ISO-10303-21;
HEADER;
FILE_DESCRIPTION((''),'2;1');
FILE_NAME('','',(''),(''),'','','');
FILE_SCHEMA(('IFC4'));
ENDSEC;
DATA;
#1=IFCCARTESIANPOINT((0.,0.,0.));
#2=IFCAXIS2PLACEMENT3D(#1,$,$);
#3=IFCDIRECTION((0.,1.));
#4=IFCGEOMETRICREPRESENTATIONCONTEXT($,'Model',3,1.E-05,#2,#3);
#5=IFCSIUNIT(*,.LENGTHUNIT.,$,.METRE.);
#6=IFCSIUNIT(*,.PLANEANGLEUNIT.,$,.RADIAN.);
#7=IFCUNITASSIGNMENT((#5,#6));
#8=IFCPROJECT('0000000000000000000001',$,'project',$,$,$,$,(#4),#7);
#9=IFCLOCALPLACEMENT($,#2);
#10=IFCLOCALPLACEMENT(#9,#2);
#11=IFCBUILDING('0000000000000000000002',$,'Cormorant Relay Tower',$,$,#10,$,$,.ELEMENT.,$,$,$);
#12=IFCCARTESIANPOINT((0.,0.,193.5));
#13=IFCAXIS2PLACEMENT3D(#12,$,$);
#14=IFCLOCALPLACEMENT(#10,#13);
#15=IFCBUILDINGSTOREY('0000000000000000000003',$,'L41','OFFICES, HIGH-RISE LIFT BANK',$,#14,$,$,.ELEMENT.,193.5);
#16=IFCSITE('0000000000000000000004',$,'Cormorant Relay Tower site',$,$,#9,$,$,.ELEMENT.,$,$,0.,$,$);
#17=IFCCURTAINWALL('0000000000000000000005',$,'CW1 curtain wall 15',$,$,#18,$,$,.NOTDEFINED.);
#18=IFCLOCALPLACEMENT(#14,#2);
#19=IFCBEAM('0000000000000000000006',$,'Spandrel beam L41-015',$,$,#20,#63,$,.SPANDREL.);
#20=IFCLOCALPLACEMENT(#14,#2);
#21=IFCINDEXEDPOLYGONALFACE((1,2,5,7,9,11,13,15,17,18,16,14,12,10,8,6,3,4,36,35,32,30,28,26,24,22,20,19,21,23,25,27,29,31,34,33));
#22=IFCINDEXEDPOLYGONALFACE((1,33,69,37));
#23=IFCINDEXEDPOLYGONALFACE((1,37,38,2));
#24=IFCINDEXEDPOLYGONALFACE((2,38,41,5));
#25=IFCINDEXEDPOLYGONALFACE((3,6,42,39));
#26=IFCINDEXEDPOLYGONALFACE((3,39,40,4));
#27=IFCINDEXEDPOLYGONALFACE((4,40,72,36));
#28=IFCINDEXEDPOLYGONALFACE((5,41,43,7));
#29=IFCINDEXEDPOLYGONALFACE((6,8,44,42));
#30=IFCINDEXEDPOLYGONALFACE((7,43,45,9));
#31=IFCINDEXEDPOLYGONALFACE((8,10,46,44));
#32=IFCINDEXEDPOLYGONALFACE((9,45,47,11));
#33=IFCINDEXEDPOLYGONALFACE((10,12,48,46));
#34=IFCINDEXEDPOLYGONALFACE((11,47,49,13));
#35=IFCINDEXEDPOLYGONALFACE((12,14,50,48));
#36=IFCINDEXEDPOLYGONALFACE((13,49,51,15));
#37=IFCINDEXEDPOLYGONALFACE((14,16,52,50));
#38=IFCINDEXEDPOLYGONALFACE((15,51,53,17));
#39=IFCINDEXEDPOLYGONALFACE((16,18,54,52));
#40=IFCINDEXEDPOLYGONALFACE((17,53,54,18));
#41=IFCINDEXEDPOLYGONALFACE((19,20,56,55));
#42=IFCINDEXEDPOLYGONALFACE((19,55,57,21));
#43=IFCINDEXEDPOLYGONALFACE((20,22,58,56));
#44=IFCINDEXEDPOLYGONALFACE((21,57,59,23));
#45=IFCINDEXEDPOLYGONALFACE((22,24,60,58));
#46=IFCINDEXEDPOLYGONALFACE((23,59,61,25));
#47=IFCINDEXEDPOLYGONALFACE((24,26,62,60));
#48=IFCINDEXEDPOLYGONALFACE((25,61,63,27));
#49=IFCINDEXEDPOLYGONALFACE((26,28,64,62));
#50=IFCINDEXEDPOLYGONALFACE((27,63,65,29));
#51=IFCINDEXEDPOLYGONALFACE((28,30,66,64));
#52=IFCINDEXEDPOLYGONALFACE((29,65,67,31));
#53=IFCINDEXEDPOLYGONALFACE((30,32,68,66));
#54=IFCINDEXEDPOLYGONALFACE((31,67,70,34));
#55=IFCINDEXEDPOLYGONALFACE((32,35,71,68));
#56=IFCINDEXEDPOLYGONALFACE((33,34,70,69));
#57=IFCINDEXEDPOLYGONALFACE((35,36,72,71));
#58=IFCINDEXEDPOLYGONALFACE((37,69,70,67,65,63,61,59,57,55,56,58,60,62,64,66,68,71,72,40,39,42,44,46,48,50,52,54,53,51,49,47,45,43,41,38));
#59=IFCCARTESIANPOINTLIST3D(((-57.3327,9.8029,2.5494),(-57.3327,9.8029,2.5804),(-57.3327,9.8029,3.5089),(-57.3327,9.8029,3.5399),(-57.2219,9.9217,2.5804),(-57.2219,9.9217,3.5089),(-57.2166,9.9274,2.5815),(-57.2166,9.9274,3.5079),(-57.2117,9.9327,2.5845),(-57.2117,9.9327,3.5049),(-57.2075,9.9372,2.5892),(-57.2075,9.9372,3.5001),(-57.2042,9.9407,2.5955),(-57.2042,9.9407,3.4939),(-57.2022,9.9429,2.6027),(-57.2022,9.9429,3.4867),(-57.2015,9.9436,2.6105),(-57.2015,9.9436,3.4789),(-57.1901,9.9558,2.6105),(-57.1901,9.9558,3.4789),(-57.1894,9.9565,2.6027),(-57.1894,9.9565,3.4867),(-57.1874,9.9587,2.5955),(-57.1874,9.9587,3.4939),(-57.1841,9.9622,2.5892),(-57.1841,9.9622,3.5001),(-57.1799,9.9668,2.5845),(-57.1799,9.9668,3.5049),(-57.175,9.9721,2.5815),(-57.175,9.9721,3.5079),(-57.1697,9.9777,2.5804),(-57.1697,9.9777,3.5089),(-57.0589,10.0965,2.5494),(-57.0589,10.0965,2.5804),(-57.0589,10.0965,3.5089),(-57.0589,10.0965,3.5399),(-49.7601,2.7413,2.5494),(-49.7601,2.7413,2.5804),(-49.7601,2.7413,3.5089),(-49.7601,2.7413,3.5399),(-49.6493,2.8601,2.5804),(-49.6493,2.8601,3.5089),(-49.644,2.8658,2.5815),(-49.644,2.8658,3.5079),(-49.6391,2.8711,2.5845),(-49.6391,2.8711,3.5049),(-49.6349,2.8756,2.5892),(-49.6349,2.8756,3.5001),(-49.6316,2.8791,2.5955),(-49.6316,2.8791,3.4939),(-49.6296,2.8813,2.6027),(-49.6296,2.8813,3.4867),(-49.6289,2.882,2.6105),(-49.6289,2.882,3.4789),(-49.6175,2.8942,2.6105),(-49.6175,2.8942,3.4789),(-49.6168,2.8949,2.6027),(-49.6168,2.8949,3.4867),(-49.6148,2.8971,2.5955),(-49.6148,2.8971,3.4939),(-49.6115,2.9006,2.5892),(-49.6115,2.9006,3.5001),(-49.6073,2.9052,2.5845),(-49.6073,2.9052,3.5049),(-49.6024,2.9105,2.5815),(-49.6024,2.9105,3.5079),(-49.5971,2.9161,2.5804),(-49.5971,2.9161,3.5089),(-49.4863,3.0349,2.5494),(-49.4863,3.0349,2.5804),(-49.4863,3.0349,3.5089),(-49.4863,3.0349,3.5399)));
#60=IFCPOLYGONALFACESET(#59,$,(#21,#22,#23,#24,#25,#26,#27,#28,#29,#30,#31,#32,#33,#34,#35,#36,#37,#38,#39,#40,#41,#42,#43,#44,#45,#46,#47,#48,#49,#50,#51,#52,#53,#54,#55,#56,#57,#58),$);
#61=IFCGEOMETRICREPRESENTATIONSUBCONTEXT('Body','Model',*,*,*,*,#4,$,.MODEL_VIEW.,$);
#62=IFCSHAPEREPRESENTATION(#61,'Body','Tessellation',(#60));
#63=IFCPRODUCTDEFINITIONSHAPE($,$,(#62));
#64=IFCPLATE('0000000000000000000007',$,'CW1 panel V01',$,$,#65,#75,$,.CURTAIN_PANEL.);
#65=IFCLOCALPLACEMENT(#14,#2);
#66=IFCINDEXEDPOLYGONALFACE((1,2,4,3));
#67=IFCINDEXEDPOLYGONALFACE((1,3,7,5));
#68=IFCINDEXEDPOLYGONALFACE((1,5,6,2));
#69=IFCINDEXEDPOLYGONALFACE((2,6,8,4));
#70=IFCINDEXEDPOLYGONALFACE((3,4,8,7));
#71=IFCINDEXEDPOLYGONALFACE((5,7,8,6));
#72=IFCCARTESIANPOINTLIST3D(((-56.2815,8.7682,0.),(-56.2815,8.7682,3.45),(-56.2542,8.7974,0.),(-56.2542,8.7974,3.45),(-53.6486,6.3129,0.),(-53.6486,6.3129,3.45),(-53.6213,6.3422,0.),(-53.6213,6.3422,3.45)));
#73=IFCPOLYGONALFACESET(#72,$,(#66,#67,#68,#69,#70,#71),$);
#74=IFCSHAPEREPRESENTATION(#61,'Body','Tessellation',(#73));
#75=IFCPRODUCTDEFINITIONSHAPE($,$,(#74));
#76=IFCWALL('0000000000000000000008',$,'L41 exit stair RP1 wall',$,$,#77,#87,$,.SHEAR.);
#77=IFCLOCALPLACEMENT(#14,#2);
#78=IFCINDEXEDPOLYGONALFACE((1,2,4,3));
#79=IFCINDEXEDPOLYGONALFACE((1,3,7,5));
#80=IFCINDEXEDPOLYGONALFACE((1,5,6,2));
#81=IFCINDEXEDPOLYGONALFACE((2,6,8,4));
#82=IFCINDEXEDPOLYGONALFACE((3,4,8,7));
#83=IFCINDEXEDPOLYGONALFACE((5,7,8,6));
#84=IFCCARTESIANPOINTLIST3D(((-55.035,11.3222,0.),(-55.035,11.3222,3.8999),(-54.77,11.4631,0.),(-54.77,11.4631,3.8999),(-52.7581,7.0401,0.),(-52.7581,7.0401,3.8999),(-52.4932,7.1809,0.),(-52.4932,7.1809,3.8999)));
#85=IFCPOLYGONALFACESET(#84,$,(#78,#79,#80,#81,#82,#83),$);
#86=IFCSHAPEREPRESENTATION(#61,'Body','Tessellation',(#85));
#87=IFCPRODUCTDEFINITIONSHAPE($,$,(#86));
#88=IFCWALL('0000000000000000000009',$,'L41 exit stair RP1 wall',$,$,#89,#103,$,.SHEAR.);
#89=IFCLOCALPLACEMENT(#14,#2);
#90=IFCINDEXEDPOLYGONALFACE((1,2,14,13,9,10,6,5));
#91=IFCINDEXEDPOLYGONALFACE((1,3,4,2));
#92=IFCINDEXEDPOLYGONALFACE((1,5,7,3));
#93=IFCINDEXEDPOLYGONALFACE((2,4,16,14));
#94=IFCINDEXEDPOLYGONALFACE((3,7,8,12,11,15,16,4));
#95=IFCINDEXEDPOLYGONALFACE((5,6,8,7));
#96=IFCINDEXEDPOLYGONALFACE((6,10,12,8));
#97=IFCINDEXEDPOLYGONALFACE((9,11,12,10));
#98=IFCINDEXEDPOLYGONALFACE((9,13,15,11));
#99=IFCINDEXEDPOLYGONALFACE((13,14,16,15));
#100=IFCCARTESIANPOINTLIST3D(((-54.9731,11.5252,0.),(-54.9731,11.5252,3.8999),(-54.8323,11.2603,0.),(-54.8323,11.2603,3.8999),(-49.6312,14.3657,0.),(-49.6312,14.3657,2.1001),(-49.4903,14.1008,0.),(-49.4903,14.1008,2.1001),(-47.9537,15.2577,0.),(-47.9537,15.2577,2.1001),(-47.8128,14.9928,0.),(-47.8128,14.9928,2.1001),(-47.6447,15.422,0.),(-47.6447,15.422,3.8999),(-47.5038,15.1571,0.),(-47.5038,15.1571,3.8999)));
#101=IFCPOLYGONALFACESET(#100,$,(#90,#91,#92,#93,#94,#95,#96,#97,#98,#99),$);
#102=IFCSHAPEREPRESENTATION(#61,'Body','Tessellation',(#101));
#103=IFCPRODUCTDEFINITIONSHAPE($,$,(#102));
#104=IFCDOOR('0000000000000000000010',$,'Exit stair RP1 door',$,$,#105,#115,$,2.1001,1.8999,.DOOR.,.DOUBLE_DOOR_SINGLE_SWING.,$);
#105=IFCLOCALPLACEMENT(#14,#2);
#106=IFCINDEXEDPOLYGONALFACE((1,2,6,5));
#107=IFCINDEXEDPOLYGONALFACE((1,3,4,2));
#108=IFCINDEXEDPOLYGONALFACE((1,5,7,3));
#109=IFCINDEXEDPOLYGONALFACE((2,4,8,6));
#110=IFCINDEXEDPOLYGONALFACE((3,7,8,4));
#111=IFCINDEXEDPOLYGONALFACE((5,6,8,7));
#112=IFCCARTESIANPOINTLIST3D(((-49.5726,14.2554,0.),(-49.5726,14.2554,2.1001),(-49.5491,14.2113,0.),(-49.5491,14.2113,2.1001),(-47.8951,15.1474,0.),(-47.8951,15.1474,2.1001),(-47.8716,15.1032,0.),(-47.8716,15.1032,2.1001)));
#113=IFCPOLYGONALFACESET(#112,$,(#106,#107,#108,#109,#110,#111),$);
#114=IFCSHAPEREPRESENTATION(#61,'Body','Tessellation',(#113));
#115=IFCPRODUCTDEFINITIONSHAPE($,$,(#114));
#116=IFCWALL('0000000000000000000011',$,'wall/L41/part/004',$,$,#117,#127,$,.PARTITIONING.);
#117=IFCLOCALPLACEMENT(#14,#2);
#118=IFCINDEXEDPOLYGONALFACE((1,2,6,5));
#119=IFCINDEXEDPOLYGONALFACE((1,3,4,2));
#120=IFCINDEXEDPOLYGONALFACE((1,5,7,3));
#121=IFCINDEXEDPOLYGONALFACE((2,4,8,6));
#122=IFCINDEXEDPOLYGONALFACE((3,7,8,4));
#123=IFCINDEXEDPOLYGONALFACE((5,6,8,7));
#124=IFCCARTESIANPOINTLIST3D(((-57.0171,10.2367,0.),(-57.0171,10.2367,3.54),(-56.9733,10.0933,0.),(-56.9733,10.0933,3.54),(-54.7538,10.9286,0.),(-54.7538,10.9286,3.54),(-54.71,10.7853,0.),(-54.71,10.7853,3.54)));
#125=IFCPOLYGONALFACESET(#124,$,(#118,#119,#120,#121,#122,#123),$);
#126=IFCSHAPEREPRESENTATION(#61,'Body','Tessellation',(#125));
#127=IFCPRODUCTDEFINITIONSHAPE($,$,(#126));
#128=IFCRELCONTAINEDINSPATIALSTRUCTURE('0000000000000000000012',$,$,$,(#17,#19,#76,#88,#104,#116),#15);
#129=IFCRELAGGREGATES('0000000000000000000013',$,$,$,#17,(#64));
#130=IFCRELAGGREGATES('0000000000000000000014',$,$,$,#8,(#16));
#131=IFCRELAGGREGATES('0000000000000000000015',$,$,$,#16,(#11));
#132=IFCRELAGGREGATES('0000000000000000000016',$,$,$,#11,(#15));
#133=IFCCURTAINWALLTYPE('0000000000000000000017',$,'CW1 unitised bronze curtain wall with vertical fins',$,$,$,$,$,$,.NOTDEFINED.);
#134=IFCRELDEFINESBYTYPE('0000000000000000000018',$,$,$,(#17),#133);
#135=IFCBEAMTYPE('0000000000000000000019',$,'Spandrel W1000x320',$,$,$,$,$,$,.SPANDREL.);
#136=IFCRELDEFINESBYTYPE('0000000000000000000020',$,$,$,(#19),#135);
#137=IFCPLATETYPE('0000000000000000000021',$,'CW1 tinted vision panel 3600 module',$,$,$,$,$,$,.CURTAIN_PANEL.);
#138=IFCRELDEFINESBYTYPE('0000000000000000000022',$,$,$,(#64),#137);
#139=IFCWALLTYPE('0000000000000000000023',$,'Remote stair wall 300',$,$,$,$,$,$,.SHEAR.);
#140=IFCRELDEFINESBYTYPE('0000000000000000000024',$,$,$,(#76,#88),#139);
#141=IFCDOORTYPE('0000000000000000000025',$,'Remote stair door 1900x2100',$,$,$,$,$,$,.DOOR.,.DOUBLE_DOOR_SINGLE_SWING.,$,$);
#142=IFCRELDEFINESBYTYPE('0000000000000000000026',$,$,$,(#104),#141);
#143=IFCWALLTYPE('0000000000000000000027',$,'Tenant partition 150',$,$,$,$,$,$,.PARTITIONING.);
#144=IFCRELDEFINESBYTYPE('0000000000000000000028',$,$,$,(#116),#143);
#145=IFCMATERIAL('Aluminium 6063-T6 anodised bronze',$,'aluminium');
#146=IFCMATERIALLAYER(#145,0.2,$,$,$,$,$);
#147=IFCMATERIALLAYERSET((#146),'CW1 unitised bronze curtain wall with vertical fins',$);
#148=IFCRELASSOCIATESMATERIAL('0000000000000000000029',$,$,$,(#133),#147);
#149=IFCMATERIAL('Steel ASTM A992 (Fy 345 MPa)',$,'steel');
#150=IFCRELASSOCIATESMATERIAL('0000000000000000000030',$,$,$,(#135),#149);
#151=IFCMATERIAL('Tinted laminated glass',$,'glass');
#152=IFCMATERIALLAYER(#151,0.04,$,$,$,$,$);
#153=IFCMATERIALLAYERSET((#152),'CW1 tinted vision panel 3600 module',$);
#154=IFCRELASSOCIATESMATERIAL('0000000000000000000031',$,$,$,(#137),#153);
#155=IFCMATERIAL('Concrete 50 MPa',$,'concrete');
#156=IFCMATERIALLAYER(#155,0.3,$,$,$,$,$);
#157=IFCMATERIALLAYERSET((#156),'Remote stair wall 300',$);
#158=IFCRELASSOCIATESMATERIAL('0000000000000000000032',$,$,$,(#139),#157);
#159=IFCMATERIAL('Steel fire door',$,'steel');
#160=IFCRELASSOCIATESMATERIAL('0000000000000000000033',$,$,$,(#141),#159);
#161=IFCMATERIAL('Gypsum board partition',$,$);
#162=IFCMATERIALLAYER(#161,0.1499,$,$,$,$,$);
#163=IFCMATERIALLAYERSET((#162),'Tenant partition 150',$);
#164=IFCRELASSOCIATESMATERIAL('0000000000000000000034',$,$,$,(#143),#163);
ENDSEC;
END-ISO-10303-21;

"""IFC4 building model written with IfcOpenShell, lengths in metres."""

from ifc_helpers import new_model, si_unit, direction, frame, frame_2d, origin, origin_2d, place, context, subcontext, project, spatial, rectangle, i_section, extrude, material, layer, layer_set, material_profile, profile_set, type_object, element, fill, aggregate, save


model = new_model("IFC4")

# Units and contexts
model_context = context("Model", 3, precision=1e-05, world=origin(), true_north=direction((0.0, 1.0)))
body_context = subcontext(model_context, "Body", "Model", "MODEL_VIEW")
ifc_project = project(units=[si_unit("LENGTHUNIT", "METRE"), si_unit("PLANEANGLEUNIT", "RADIAN")], contexts=[model_context])

# Site, building, storey
site_placement = place(None, origin())
site = spatial("IfcSite", under=ifc_project, at=site_placement, Name="Cormorant Relay Tower site", CompositionType="ELEMENT", RefElevation=0.0)
building_placement = place(site_placement, origin())
building = spatial("IfcBuilding", under=site, at=building_placement, Name="Cormorant Relay Tower", CompositionType="ELEMENT")
storey_placement = place(building_placement, frame((0.0, 0.0, 193.5)))
storey = spatial("IfcBuildingStorey", under=building, at=storey_placement, Name="L41", Description="OFFICES, HIGH-RISE LIFT BANK", CompositionType="ELEMENT", Elevation=193.5)

# Curtain wall
ifc_material_1 = material(Name="Aluminium 6063-T6 anodised bronze", Category="aluminium")
ifc_layer_1 = layer(ifc_material_1, 0.2)
ifc_layer_set_1 = layer_set([ifc_layer_1], Name="CW1 unitised bronze curtain wall with vertical fins")
curtain_wall_type = type_object("IfcCurtainWallType", Name="CW1 unitised bronze curtain wall with vertical fins", PredefinedType="NOTDEFINED", material=ifc_layer_set_1)
curtain_wall_1_placement = place(storey_placement, origin())
curtain_wall_1 = element("IfcCurtainWall", 1, at=curtain_wall_1_placement, inside=storey, type_object=curtain_wall_type, Name="CW1 curtain wall 15", PredefinedType="NOTDEFINED")

# Beam
ifc_material_2 = material(Name="Steel ASTM A992 (Fy 345 MPa)", Category="steel")
ifc_material_profile_1 = material_profile(ifc_material_2, i_section(OverallWidth=0.4014, OverallDepth=0.9905, WebThickness=0.0166, FlangeThickness=0.031, FilletRadius=0.03, at=origin_2d()), Name="W1000x320")
ifc_profile_set_1 = profile_set([ifc_material_profile_1], Name="Steel ASTM A992 (Fy 345 MPa)")
beam_type = type_object("IfcBeamType", Name="Spandrel W1000x320", PredefinedType="SPANDREL", material=ifc_profile_set_1)
beam_placement = place(storey_placement, frame((-57.1958, 9.9497, 3.0447), z_axis=(0.731352, -0.682001, 0.0), x_axis=(0.682001, 0.731352, 0.0)))
element("IfcBeam", 2, at=beam_placement, inside=storey, type_object=beam_type, Name="Spandrel beam L41-015", PredefinedType="SPANDREL", context=body_context, shape_type="SweptSolid", body=[
    extrude(i_section(OverallWidth=0.4014, OverallDepth=0.9905, WebThickness=0.0166, FlangeThickness=0.031, FilletRadius=0.03, at=origin_2d()), origin(), (0.0, 0.0, 1.0), 10.3542),
])

# Plate
ifc_material_3 = material(Name="Tinted laminated glass", Category="glass")
ifc_layer_2 = layer(ifc_material_3, 0.04)
ifc_layer_set_2 = layer_set([ifc_layer_2], Name="CW1 tinted vision panel 3600 module")
plate_type = type_object("IfcPlateType", Name="CW1 tinted vision panel 3600 module", PredefinedType="CURTAIN_PANEL", material=ifc_layer_set_2)
plate_placement = place(storey_placement, frame((-54.9514, 7.5552, 0.0), z_axis=(0.0, 0.0, 1.0), x_axis=(0.731354, -0.681998, 0.0)))
plate = element("IfcPlate", 3, at=plate_placement, type_object=plate_type, Name="CW1 panel V01", PredefinedType="CURTAIN_PANEL", context=body_context, shape_type="SweptSolid", body=[
    extrude(rectangle(XDim=3.6001, YDim=0.04, at=origin_2d()), origin(), (0.0, 0.0, 1.0), 3.45),
])

# Wall
ifc_material_4 = material(Name="Concrete 50 MPa", Category="concrete")
ifc_layer_3 = layer(ifc_material_4, 0.3)
ifc_layer_set_3 = layer_set([ifc_layer_3], Name="Remote stair wall 300")
wall_type_1 = type_object("IfcWallType", Name="Remote stair wall 300", PredefinedType="SHEAR", material=ifc_layer_set_3)
wall_1_placement = place(storey_placement, frame((-52.6257, 7.1106, 0.0), z_axis=(0.0, 0.0, 1.0), x_axis=(-0.469464, 0.882951, 0.0)))
element("IfcWall", 4, at=wall_1_placement, inside=storey, type_object=wall_type_1, Name="L41 exit stair RP1 wall", PredefinedType="SHEAR", context=body_context, shape_type="SweptSolid", body=[
    extrude(rectangle(XDim=4.8499, YDim=0.3, at=frame_2d((2.4248, 0.0))), origin(), (0.0, 0.0, 1.0), 3.8999),
])

# Wall, opening, door
wall_2_placement = place(storey_placement, frame((-54.9026, 11.3928, 0.0), z_axis=(0.0, 0.0, 1.0), x_axis=(0.882939, 0.469487, 0.0)))
wall_2 = element("IfcWall", 5, at=wall_2_placement, inside=storey, type_object=wall_type_1, Name="L41 exit stair RP1 wall", PredefinedType="SHEAR", context=body_context, shape_type="SweptSolid", body=[
    extrude(rectangle(XDim=8.3, YDim=0.3, at=frame_2d((4.1499, 0.0))), origin(), (0.0, 0.0, 1.0), 3.8999),
])
opening_placement = place(wall_2_placement, frame((6.05, 0.0, 0.0)))
opening = element("IfcOpeningElement", 6, at=opening_placement, cuts=wall_2, PredefinedType="OPENING", context=body_context, shape_type="SweptSolid", body=[
    extrude(rectangle(XDim=1.8999, YDim=2.1001, at=frame_2d((0.95, 1.05))), frame((0.0, 0.1599, 0.0), z_axis=(0.0, -1.0, 0.0), x_axis=(1.0, 0.0, 0.0)), (0.0, 0.0, 1.0), 0.3201),
])
ifc_material_5 = material(Name="Steel fire door", Category="steel")
door_type = type_object("IfcDoorType", Name="Remote stair door 1900x2100", OperationType="DOUBLE_DOOR_SINGLE_SWING", PredefinedType="DOOR", material=ifc_material_5)
door_placement = place(opening_placement, frame((1.8999, 0.0, 0.0), z_axis=(0.0, 0.0, 1.0), x_axis=(-1.0, 0.0, 0.0)))
door = element("IfcDoor", 7, at=door_placement, inside=storey, type_object=door_type, Name="Exit stair RP1 door", OperationType="DOUBLE_DOOR_SINGLE_SWING", OverallHeight=2.1001, OverallWidth=1.8999, PredefinedType="DOOR", context=body_context, shape_type="SweptSolid", body=[
    extrude(rectangle(XDim=1.8999, YDim=2.1001, at=frame_2d((0.95, 1.05))), frame((0.0, 0.0249, 0.0), z_axis=(0.0, -1.0, 0.0), x_axis=(1.0, 0.0, 0.0)), (0.0, 0.0, 1.0), 0.05),
])
fill(opening, door)

# Wall
ifc_material_6 = material(Name="Gypsum board partition")
ifc_layer_4 = layer(ifc_material_6, 0.1499)
ifc_layer_set_4 = layer_set([ifc_layer_4], Name="Tenant partition 150")
wall_type_2 = type_object("IfcWallType", Name="Tenant partition 150", PredefinedType="PARTITIONING", material=ifc_layer_set_4)
wall_3_placement = place(storey_placement, frame((-54.7319, 10.8569, 0.0), z_axis=(0.0, 0.0, 1.0), x_axis=(-0.956308, -0.29236, 0.0)))
element("IfcWall", 8, at=wall_3_placement, inside=storey, type_object=wall_type_2, Name="wall/L41/part/004", PredefinedType="PARTITIONING", context=body_context, shape_type="SweptSolid", body=[
    extrude(rectangle(XDim=2.3667, YDim=0.1499, at=frame_2d((1.1833, 0.0))), origin(), (0.0, 0.0, 1.0), 3.54),
])

aggregate(curtain_wall_1, [plate])

save(model, "model.ifc")
